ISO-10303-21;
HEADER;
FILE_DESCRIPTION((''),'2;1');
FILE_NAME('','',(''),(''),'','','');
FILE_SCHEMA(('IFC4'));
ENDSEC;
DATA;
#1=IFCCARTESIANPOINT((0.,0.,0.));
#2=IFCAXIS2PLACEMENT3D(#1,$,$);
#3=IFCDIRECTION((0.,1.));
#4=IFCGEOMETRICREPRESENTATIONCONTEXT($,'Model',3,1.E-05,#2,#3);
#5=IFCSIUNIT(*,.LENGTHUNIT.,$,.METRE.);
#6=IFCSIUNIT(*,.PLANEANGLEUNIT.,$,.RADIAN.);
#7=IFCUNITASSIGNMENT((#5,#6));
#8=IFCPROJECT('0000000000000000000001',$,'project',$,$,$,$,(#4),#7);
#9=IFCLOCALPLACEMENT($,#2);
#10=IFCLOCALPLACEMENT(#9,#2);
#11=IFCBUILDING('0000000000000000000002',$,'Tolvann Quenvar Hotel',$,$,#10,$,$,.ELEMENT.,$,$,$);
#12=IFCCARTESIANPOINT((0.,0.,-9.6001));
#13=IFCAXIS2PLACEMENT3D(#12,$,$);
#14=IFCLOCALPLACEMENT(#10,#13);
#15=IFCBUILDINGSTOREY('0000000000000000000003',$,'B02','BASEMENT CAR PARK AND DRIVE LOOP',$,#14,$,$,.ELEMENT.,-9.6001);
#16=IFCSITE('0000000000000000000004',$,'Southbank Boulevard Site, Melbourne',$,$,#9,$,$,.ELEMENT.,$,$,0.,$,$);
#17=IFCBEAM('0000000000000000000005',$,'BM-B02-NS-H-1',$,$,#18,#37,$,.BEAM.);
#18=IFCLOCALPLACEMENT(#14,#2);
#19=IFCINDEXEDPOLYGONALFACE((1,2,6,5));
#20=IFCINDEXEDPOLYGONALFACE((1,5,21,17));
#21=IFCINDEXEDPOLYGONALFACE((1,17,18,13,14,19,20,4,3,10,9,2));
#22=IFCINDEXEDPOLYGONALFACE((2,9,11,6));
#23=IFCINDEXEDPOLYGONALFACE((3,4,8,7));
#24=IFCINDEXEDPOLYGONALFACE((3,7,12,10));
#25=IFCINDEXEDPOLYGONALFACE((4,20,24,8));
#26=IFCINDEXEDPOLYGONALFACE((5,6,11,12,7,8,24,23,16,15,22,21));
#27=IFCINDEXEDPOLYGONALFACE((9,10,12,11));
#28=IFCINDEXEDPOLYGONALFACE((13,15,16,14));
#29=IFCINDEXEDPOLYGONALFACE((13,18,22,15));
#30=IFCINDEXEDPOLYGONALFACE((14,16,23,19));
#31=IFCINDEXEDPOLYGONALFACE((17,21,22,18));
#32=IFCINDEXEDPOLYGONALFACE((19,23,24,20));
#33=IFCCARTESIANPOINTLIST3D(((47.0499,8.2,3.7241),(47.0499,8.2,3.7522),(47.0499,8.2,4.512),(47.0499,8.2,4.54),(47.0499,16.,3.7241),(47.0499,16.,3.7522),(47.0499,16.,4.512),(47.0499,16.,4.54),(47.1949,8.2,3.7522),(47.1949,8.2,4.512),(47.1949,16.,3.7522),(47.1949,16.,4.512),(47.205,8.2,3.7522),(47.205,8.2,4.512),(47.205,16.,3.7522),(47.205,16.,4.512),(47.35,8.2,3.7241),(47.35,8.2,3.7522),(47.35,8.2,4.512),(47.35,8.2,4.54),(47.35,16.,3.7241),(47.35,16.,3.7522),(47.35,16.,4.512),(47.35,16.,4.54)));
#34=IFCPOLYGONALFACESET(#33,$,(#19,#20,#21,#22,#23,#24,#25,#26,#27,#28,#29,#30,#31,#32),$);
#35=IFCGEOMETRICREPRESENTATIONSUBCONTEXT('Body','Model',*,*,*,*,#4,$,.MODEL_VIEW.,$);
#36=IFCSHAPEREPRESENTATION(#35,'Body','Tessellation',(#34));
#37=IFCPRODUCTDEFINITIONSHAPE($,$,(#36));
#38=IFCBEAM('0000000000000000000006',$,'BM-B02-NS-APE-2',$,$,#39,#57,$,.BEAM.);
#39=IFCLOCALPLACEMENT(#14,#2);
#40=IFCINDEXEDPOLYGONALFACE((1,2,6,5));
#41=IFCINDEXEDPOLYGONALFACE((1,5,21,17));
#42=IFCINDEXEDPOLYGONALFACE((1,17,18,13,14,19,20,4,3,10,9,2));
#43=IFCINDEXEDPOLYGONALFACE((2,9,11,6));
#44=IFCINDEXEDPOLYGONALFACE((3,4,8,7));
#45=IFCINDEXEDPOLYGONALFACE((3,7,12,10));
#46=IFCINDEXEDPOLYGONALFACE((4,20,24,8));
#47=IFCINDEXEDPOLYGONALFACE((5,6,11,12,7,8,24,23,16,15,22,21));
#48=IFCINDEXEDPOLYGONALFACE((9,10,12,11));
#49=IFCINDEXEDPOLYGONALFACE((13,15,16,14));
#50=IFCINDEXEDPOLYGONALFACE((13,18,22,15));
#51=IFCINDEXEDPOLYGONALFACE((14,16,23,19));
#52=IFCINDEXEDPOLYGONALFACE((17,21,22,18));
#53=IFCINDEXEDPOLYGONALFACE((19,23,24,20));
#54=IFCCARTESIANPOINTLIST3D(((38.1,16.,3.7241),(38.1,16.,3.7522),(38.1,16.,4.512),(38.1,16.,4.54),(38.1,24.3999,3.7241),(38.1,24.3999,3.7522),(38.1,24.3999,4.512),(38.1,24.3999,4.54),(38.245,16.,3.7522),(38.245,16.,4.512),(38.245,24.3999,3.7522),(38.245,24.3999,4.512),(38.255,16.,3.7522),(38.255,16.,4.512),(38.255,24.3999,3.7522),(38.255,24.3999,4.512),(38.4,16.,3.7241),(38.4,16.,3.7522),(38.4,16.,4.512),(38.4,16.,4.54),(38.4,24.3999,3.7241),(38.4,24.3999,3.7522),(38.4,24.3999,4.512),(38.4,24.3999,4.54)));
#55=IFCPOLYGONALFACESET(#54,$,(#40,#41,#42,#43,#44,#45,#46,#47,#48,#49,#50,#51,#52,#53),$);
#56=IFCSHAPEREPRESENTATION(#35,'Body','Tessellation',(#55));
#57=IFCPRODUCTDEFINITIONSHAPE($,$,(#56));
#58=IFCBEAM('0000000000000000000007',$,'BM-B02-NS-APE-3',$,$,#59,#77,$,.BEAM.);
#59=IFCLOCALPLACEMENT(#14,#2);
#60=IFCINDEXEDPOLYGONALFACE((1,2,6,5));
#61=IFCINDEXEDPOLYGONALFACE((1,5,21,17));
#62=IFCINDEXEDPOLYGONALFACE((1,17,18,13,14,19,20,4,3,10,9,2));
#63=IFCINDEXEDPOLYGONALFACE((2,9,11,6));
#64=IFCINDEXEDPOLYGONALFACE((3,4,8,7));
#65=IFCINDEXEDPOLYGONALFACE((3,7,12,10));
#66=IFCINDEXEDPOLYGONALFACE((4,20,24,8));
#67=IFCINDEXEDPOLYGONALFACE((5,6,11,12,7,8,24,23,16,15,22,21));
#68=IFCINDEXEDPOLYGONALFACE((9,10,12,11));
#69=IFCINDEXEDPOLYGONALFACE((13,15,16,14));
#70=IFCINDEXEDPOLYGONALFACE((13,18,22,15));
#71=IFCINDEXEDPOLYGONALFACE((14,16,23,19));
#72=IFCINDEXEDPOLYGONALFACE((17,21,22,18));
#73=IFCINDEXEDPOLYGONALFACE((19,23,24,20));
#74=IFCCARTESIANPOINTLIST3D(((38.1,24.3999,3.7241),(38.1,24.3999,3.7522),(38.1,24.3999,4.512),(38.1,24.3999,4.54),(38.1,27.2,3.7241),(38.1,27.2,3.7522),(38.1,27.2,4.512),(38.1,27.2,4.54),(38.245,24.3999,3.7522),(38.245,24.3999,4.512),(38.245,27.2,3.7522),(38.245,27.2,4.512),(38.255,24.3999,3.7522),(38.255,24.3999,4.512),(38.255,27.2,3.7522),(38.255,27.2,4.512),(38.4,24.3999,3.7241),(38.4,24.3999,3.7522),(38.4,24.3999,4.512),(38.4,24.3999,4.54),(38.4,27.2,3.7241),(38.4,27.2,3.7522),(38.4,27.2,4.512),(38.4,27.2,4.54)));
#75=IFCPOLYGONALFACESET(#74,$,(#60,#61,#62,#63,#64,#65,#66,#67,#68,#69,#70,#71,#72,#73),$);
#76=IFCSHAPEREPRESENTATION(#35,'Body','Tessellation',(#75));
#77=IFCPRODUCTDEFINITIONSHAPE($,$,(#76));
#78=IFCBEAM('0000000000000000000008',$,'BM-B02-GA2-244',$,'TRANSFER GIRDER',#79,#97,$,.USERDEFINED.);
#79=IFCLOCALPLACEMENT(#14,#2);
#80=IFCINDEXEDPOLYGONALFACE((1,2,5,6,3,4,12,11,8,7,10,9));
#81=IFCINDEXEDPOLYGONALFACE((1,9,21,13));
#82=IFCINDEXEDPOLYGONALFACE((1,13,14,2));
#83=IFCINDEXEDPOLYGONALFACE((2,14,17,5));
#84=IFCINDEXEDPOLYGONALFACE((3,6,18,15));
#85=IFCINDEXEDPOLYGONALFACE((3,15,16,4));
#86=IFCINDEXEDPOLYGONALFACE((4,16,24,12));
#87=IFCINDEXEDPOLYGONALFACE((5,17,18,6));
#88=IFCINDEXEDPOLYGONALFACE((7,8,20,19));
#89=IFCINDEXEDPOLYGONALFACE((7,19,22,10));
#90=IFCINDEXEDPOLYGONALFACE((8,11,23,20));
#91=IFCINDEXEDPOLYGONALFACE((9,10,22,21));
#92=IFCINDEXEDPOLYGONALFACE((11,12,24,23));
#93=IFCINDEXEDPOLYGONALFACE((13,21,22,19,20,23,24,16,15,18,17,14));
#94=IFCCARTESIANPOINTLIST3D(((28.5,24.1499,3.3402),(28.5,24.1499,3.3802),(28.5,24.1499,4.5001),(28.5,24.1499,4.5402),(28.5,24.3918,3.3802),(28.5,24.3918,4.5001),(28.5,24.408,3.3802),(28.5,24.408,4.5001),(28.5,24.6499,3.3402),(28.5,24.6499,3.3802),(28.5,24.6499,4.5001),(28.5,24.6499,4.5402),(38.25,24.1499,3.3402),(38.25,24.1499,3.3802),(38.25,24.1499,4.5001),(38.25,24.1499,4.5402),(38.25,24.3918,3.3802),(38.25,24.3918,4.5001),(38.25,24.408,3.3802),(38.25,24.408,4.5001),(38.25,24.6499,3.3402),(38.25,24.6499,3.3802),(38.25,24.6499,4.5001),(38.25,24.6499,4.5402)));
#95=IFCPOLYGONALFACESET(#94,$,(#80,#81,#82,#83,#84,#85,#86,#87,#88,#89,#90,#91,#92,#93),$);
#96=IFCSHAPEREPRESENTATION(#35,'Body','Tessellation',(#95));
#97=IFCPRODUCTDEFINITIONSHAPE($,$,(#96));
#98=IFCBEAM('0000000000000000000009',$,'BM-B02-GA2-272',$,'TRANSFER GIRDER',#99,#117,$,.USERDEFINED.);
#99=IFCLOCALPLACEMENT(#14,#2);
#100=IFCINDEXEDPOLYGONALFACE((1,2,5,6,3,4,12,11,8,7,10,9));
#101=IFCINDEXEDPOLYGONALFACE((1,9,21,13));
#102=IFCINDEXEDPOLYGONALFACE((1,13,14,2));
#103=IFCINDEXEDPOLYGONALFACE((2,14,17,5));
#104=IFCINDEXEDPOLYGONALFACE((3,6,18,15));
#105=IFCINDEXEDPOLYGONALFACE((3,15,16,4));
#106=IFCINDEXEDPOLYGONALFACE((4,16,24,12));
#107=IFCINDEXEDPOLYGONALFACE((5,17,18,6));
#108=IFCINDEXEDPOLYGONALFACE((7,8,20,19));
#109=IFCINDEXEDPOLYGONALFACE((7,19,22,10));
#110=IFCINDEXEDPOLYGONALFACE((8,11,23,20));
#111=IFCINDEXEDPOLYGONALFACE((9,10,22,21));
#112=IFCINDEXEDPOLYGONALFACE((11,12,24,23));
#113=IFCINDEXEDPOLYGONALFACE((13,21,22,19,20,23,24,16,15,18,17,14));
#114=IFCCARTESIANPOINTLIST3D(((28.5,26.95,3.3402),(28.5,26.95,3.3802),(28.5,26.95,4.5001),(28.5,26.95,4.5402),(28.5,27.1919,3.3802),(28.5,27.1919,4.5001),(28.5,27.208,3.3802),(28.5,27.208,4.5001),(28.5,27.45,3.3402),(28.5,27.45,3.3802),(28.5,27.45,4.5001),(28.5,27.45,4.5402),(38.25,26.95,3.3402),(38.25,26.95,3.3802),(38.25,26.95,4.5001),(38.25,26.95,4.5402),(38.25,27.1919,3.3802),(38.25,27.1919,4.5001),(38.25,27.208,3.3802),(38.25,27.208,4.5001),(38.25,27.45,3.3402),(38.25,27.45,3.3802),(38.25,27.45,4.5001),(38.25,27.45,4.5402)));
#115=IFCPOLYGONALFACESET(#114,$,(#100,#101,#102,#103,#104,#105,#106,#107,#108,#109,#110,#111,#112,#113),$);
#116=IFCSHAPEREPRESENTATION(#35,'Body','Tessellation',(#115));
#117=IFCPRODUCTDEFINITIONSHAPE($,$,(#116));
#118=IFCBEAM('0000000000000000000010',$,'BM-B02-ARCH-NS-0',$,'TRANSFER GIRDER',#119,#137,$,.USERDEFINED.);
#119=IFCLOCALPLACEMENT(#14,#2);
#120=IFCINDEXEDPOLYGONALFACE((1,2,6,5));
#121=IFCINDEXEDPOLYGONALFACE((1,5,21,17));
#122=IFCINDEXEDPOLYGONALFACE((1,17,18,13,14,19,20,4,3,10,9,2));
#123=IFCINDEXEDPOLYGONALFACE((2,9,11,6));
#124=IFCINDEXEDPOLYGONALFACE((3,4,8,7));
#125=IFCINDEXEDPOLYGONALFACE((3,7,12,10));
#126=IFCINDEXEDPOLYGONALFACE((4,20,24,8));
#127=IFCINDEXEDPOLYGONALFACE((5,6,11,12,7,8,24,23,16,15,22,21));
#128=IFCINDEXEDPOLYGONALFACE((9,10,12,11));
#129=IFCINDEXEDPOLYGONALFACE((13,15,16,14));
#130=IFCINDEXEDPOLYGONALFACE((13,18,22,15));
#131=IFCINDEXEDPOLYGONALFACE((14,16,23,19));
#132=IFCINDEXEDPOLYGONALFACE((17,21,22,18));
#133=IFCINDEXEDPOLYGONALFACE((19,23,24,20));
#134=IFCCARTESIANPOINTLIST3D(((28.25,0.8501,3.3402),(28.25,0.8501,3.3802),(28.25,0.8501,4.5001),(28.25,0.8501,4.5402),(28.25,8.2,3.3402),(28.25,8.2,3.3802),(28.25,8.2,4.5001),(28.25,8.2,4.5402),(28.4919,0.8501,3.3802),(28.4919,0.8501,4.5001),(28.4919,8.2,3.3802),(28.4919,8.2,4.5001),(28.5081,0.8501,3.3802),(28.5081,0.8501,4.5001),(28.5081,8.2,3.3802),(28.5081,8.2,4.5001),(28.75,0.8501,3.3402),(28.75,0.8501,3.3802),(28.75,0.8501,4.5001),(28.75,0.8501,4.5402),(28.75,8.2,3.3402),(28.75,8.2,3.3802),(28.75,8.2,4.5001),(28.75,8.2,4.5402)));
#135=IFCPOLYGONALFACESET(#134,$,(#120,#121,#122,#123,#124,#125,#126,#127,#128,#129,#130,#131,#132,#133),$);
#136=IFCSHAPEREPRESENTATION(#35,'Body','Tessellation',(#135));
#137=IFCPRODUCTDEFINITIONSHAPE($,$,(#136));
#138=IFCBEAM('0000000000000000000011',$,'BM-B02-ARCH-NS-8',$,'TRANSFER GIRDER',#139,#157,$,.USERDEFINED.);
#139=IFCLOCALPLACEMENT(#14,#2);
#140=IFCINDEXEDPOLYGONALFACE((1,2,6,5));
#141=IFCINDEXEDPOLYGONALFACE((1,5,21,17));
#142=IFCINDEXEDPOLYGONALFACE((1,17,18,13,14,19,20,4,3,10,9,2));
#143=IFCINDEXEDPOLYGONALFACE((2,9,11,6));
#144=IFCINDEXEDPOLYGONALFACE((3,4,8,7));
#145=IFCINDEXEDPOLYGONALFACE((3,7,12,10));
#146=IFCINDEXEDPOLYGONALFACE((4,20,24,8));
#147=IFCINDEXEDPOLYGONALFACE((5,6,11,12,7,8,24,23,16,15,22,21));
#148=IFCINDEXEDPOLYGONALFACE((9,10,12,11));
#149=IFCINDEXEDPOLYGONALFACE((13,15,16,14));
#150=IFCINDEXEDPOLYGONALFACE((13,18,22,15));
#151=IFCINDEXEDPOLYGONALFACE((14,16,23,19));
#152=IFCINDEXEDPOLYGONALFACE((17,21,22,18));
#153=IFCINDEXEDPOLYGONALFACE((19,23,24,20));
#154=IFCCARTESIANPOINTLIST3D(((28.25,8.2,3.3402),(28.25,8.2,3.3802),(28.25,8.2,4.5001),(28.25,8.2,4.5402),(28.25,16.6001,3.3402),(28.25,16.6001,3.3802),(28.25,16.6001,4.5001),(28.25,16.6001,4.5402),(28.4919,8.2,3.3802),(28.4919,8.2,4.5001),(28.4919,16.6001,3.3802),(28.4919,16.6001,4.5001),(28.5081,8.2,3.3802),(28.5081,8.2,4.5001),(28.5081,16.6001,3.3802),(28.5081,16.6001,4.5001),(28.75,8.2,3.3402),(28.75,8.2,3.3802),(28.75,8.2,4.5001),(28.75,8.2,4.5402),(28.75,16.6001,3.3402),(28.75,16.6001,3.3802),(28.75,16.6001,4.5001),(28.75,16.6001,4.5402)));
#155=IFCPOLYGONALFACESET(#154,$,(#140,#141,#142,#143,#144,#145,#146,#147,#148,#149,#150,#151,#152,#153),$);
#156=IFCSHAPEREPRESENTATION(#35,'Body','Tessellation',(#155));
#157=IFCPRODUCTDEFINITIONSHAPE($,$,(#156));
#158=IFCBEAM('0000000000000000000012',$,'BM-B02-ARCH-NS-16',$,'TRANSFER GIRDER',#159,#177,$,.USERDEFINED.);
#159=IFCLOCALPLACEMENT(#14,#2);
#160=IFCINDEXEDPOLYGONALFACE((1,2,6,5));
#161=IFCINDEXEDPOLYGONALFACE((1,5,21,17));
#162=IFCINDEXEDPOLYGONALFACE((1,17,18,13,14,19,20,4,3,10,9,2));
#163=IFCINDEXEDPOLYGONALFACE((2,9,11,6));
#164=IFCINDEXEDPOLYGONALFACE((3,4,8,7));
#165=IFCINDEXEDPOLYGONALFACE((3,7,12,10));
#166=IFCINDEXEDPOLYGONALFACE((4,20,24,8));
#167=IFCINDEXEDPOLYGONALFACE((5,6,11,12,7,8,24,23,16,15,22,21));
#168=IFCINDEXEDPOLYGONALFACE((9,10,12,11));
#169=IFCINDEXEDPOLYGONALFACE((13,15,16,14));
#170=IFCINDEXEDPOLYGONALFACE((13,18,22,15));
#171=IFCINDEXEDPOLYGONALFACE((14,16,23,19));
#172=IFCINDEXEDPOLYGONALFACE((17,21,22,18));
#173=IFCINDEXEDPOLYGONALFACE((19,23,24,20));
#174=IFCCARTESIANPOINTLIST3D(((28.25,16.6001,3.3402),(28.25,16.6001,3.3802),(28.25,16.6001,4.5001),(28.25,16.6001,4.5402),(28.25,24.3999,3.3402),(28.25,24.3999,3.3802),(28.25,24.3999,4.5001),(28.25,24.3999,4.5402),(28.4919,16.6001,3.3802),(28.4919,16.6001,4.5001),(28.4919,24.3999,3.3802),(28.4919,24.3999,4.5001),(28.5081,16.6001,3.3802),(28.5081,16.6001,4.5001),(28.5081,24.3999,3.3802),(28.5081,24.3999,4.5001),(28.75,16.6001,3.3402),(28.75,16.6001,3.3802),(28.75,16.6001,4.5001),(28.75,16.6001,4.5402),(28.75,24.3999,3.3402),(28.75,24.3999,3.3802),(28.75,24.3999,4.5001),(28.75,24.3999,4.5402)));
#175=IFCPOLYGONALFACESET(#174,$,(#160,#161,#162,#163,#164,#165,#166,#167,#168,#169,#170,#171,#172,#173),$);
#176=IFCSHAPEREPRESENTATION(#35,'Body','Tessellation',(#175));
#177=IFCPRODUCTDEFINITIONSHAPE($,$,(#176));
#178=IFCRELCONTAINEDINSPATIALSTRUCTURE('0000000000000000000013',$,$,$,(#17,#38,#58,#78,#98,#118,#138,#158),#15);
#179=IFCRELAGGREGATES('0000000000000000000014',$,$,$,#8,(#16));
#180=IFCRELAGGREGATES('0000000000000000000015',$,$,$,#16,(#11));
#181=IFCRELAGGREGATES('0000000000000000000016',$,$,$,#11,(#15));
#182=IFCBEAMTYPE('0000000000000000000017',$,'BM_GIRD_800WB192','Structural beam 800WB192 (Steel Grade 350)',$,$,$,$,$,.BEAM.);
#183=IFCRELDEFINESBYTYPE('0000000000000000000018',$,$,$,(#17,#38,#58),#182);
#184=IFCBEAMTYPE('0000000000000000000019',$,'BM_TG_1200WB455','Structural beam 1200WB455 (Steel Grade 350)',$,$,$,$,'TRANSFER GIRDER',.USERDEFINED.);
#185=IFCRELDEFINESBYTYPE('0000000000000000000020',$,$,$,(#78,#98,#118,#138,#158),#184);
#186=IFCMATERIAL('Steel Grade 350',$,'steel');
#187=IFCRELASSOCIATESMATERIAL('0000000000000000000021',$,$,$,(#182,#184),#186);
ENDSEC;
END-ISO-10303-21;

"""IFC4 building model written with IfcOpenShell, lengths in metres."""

from ifc_helpers import new_model, si_unit, direction, frame, origin, origin_2d, place, context, subcontext, project, spatial, i_section, extrude, source, transform, mapped, material, material_profile, profile_set, type_object, element, save


model = new_model("IFC4")

# Units and contexts
model_context = context("Model", 3, precision=1e-05, world=origin(), true_north=direction((0.0, 1.0)))
body_context = subcontext(model_context, "Body", "Model", "MODEL_VIEW")
ifc_project = project(units=[si_unit("LENGTHUNIT", "METRE"), si_unit("PLANEANGLEUNIT", "RADIAN")], contexts=[model_context])

# Site, building, storey
site_placement = place(None, origin())
site = spatial("IfcSite", under=ifc_project, at=site_placement, Name="Southbank Boulevard Site, Melbourne", CompositionType="ELEMENT", RefElevation=0.0)
building_placement = place(site_placement, origin())
building = spatial("IfcBuilding", under=site, at=building_placement, Name="Tolvann Quenvar Hotel", CompositionType="ELEMENT")
storey_placement = place(building_placement, frame((0.0, 0.0, -9.6001)))
storey = spatial("IfcBuildingStorey", under=building, at=storey_placement, Name="B02", Description="BASEMENT CAR PARK AND DRIVE LOOP", CompositionType="ELEMENT", Elevation=-9.6001)

# Beams
ifc_material_1 = material(Name="Steel Grade 350", Category="steel")
ifc_material_profile_1 = material_profile(ifc_material_1, i_section(OverallWidth=0.3, OverallDepth=0.8159, WebThickness=0.01, FlangeThickness=0.0281, at=origin_2d()), Name="800WB192")
ifc_profile_set_1 = profile_set([ifc_material_profile_1], Name="Steel Grade 350")
beam_type_1 = type_object("IfcBeamType", Name="BM_GIRD_800WB192", Description="Structural beam 800WB192 (Steel Grade 350)", PredefinedType="BEAM", material=ifc_profile_set_1)
shared_shape_1 = source(origin(), body_context, "Body", "SweptSolid", [
    extrude(i_section(OverallWidth=0.3, OverallDepth=0.8159, WebThickness=0.01, FlangeThickness=0.0281, at=origin_2d()), origin(), (0.0, 0.0, 1.0), 7.8),
])
for number, where, z_axis, x_axis, name in (
    (1, (47.2, 8.2, 4.1321), (0.0, 1.0, 0.0), (-1.0, 0.0, 0.0), "BM-B02-NS-H-1"),
):
    element("IfcBeam", number, at=place(storey_placement, frame(where, z_axis=z_axis, x_axis=x_axis)), inside=storey, type_object=beam_type_1, Name=name, PredefinedType="BEAM", context=body_context, shape_type="MappedRepresentation", body=[
        mapped(shared_shape_1, transform((0.0, 0.0, 0.0), x_axis=(1.0, 0.0, 0.0), y_axis=(0.0, 1.0, 0.0), z_axis=(0.0, 0.0, 1.0), scale=1.0)),
    ])
shared_shape_2 = source(origin(), body_context, "Body", "SweptSolid", [
    extrude(i_section(OverallWidth=0.3, OverallDepth=0.8159, WebThickness=0.01, FlangeThickness=0.0281, at=origin_2d()), origin(), (0.0, 0.0, 1.0), 8.3999),
])
beam_1_placement = place(storey_placement, frame((38.25, 16.0, 4.1321), z_axis=(0.0, 1.0, 0.0), x_axis=(-1.0, 0.0, 0.0)))
element("IfcBeam", 2, at=beam_1_placement, inside=storey, type_object=beam_type_1, Name="BM-B02-NS-APE-2", PredefinedType="BEAM", context=body_context, shape_type="MappedRepresentation", body=[
    mapped(shared_shape_2, transform((0.0, 0.0, 0.0), x_axis=(1.0, 0.0, 0.0), y_axis=(0.0, 1.0, 0.0), z_axis=(0.0, 0.0, 1.0), scale=1.0)),
])
shared_shape_3 = source(origin(), body_context, "Body", "SweptSolid", [
    extrude(i_section(OverallWidth=0.3, OverallDepth=0.8159, WebThickness=0.01, FlangeThickness=0.0281, at=origin_2d()), origin(), (0.0, 0.0, 1.0), 2.8),
])
beam_2_placement = place(storey_placement, frame((38.25, 24.3999, 4.1321), z_axis=(0.0, 1.0, 0.0), x_axis=(-1.0, 0.0, 0.0)))
element("IfcBeam", 3, at=beam_2_placement, inside=storey, type_object=beam_type_1, Name="BM-B02-NS-APE-3", PredefinedType="BEAM", context=body_context, shape_type="MappedRepresentation", body=[
    mapped(shared_shape_3, transform((0.0, 0.0, 0.0), x_axis=(1.0, 0.0, 0.0), y_axis=(0.0, 1.0, 0.0), z_axis=(0.0, 0.0, 1.0), scale=1.0)),
])
ifc_material_profile_2 = material_profile(ifc_material_1, i_section(OverallWidth=0.5, OverallDepth=1.2, WebThickness=0.0161, FlangeThickness=0.04, at=origin_2d()), Name="1200WB455")
ifc_profile_set_2 = profile_set([ifc_material_profile_2], Name="Steel Grade 350")
beam_type_2 = type_object("IfcBeamType", Name="BM_TG_1200WB455", Description="Structural beam 1200WB455 (Steel Grade 350)", ElementType="TRANSFER GIRDER", PredefinedType="USERDEFINED", material=ifc_profile_set_2)
shared_shape_4 = source(origin(), body_context, "Body", "SweptSolid", [
    extrude(i_section(OverallWidth=0.5, OverallDepth=1.2, WebThickness=0.0161, FlangeThickness=0.04, at=origin_2d()), origin(), (0.0, 0.0, 1.0), 9.75),
])
for number, where, z_axis, x_axis, name in (
    (4, (28.5, 24.3999, 3.9402), (1.0, 0.0, 0.0), (0.0, 1.0, 0.0), "BM-B02-GA2-244"),
    (5, (28.5, 27.2, 3.9402), (1.0, 0.0, 0.0), (0.0, 1.0, 0.0), "BM-B02-GA2-272"),
):
    element("IfcBeam", number, at=place(storey_placement, frame(where, z_axis=z_axis, x_axis=x_axis)), inside=storey, type_object=beam_type_2, Name=name, ObjectType="TRANSFER GIRDER", PredefinedType="USERDEFINED", context=body_context, shape_type="MappedRepresentation", body=[
        mapped(shared_shape_4, transform((0.0, 0.0, 0.0), x_axis=(1.0, 0.0, 0.0), y_axis=(0.0, 1.0, 0.0), z_axis=(0.0, 0.0, 1.0), scale=1.0)),
    ])
shared_shape_5 = source(origin(), body_context, "Body", "SweptSolid", [
    extrude(i_section(OverallWidth=0.5, OverallDepth=1.2, WebThickness=0.0161, FlangeThickness=0.04, at=origin_2d()), origin(), (0.0, 0.0, 1.0), 7.3499),
])
beam_3_placement = place(storey_placement, frame((28.5, 0.8501, 3.9402), z_axis=(0.0, 1.0, 0.0), x_axis=(-1.0, 0.0, 0.0)))
element("IfcBeam", 6, at=beam_3_placement, inside=storey, type_object=beam_type_2, Name="BM-B02-ARCH-NS-0", ObjectType="TRANSFER GIRDER", PredefinedType="USERDEFINED", context=body_context, shape_type="MappedRepresentation", body=[
    mapped(shared_shape_5, transform((0.0, 0.0, 0.0), x_axis=(1.0, 0.0, 0.0), y_axis=(0.0, 1.0, 0.0), z_axis=(0.0, 0.0, 1.0), scale=1.0)),
])
shared_shape_6 = source(origin(), body_context, "Body", "SweptSolid", [
    extrude(i_section(OverallWidth=0.5, OverallDepth=1.2, WebThickness=0.0161, FlangeThickness=0.04, at=origin_2d()), origin(), (0.0, 0.0, 1.0), 8.4001),
])
beam_4_placement = place(storey_placement, frame((28.5, 8.2, 3.9402), z_axis=(0.0, 1.0, 0.0), x_axis=(-1.0, 0.0, 0.0)))
element("IfcBeam", 7, at=beam_4_placement, inside=storey, type_object=beam_type_2, Name="BM-B02-ARCH-NS-8", ObjectType="TRANSFER GIRDER", PredefinedType="USERDEFINED", context=body_context, shape_type="MappedRepresentation", body=[
    mapped(shared_shape_6, transform((0.0, 0.0, 0.0), x_axis=(1.0, 0.0, 0.0), y_axis=(0.0, 1.0, 0.0), z_axis=(0.0, 0.0, 1.0), scale=1.0)),
])
shared_shape_7 = source(origin(), body_context, "Body", "SweptSolid", [
    extrude(i_section(OverallWidth=0.5, OverallDepth=1.2, WebThickness=0.0161, FlangeThickness=0.04, at=origin_2d()), origin(), (0.0, 0.0, 1.0), 7.7998),
])
beam_5_placement = place(storey_placement, frame((28.5, 16.6001, 3.9402), z_axis=(0.0, 1.0, 0.0), x_axis=(-1.0, 0.0, 0.0)))
element("IfcBeam", 8, at=beam_5_placement, inside=storey, type_object=beam_type_2, Name="BM-B02-ARCH-NS-16", ObjectType="TRANSFER GIRDER", PredefinedType="USERDEFINED", context=body_context, shape_type="MappedRepresentation", body=[
    mapped(shared_shape_7, transform((0.0, 0.0, 0.0), x_axis=(1.0, 0.0, 0.0), y_axis=(0.0, 1.0, 0.0), z_axis=(0.0, 0.0, 1.0), scale=1.0)),
])

save(model, "model.ifc")
